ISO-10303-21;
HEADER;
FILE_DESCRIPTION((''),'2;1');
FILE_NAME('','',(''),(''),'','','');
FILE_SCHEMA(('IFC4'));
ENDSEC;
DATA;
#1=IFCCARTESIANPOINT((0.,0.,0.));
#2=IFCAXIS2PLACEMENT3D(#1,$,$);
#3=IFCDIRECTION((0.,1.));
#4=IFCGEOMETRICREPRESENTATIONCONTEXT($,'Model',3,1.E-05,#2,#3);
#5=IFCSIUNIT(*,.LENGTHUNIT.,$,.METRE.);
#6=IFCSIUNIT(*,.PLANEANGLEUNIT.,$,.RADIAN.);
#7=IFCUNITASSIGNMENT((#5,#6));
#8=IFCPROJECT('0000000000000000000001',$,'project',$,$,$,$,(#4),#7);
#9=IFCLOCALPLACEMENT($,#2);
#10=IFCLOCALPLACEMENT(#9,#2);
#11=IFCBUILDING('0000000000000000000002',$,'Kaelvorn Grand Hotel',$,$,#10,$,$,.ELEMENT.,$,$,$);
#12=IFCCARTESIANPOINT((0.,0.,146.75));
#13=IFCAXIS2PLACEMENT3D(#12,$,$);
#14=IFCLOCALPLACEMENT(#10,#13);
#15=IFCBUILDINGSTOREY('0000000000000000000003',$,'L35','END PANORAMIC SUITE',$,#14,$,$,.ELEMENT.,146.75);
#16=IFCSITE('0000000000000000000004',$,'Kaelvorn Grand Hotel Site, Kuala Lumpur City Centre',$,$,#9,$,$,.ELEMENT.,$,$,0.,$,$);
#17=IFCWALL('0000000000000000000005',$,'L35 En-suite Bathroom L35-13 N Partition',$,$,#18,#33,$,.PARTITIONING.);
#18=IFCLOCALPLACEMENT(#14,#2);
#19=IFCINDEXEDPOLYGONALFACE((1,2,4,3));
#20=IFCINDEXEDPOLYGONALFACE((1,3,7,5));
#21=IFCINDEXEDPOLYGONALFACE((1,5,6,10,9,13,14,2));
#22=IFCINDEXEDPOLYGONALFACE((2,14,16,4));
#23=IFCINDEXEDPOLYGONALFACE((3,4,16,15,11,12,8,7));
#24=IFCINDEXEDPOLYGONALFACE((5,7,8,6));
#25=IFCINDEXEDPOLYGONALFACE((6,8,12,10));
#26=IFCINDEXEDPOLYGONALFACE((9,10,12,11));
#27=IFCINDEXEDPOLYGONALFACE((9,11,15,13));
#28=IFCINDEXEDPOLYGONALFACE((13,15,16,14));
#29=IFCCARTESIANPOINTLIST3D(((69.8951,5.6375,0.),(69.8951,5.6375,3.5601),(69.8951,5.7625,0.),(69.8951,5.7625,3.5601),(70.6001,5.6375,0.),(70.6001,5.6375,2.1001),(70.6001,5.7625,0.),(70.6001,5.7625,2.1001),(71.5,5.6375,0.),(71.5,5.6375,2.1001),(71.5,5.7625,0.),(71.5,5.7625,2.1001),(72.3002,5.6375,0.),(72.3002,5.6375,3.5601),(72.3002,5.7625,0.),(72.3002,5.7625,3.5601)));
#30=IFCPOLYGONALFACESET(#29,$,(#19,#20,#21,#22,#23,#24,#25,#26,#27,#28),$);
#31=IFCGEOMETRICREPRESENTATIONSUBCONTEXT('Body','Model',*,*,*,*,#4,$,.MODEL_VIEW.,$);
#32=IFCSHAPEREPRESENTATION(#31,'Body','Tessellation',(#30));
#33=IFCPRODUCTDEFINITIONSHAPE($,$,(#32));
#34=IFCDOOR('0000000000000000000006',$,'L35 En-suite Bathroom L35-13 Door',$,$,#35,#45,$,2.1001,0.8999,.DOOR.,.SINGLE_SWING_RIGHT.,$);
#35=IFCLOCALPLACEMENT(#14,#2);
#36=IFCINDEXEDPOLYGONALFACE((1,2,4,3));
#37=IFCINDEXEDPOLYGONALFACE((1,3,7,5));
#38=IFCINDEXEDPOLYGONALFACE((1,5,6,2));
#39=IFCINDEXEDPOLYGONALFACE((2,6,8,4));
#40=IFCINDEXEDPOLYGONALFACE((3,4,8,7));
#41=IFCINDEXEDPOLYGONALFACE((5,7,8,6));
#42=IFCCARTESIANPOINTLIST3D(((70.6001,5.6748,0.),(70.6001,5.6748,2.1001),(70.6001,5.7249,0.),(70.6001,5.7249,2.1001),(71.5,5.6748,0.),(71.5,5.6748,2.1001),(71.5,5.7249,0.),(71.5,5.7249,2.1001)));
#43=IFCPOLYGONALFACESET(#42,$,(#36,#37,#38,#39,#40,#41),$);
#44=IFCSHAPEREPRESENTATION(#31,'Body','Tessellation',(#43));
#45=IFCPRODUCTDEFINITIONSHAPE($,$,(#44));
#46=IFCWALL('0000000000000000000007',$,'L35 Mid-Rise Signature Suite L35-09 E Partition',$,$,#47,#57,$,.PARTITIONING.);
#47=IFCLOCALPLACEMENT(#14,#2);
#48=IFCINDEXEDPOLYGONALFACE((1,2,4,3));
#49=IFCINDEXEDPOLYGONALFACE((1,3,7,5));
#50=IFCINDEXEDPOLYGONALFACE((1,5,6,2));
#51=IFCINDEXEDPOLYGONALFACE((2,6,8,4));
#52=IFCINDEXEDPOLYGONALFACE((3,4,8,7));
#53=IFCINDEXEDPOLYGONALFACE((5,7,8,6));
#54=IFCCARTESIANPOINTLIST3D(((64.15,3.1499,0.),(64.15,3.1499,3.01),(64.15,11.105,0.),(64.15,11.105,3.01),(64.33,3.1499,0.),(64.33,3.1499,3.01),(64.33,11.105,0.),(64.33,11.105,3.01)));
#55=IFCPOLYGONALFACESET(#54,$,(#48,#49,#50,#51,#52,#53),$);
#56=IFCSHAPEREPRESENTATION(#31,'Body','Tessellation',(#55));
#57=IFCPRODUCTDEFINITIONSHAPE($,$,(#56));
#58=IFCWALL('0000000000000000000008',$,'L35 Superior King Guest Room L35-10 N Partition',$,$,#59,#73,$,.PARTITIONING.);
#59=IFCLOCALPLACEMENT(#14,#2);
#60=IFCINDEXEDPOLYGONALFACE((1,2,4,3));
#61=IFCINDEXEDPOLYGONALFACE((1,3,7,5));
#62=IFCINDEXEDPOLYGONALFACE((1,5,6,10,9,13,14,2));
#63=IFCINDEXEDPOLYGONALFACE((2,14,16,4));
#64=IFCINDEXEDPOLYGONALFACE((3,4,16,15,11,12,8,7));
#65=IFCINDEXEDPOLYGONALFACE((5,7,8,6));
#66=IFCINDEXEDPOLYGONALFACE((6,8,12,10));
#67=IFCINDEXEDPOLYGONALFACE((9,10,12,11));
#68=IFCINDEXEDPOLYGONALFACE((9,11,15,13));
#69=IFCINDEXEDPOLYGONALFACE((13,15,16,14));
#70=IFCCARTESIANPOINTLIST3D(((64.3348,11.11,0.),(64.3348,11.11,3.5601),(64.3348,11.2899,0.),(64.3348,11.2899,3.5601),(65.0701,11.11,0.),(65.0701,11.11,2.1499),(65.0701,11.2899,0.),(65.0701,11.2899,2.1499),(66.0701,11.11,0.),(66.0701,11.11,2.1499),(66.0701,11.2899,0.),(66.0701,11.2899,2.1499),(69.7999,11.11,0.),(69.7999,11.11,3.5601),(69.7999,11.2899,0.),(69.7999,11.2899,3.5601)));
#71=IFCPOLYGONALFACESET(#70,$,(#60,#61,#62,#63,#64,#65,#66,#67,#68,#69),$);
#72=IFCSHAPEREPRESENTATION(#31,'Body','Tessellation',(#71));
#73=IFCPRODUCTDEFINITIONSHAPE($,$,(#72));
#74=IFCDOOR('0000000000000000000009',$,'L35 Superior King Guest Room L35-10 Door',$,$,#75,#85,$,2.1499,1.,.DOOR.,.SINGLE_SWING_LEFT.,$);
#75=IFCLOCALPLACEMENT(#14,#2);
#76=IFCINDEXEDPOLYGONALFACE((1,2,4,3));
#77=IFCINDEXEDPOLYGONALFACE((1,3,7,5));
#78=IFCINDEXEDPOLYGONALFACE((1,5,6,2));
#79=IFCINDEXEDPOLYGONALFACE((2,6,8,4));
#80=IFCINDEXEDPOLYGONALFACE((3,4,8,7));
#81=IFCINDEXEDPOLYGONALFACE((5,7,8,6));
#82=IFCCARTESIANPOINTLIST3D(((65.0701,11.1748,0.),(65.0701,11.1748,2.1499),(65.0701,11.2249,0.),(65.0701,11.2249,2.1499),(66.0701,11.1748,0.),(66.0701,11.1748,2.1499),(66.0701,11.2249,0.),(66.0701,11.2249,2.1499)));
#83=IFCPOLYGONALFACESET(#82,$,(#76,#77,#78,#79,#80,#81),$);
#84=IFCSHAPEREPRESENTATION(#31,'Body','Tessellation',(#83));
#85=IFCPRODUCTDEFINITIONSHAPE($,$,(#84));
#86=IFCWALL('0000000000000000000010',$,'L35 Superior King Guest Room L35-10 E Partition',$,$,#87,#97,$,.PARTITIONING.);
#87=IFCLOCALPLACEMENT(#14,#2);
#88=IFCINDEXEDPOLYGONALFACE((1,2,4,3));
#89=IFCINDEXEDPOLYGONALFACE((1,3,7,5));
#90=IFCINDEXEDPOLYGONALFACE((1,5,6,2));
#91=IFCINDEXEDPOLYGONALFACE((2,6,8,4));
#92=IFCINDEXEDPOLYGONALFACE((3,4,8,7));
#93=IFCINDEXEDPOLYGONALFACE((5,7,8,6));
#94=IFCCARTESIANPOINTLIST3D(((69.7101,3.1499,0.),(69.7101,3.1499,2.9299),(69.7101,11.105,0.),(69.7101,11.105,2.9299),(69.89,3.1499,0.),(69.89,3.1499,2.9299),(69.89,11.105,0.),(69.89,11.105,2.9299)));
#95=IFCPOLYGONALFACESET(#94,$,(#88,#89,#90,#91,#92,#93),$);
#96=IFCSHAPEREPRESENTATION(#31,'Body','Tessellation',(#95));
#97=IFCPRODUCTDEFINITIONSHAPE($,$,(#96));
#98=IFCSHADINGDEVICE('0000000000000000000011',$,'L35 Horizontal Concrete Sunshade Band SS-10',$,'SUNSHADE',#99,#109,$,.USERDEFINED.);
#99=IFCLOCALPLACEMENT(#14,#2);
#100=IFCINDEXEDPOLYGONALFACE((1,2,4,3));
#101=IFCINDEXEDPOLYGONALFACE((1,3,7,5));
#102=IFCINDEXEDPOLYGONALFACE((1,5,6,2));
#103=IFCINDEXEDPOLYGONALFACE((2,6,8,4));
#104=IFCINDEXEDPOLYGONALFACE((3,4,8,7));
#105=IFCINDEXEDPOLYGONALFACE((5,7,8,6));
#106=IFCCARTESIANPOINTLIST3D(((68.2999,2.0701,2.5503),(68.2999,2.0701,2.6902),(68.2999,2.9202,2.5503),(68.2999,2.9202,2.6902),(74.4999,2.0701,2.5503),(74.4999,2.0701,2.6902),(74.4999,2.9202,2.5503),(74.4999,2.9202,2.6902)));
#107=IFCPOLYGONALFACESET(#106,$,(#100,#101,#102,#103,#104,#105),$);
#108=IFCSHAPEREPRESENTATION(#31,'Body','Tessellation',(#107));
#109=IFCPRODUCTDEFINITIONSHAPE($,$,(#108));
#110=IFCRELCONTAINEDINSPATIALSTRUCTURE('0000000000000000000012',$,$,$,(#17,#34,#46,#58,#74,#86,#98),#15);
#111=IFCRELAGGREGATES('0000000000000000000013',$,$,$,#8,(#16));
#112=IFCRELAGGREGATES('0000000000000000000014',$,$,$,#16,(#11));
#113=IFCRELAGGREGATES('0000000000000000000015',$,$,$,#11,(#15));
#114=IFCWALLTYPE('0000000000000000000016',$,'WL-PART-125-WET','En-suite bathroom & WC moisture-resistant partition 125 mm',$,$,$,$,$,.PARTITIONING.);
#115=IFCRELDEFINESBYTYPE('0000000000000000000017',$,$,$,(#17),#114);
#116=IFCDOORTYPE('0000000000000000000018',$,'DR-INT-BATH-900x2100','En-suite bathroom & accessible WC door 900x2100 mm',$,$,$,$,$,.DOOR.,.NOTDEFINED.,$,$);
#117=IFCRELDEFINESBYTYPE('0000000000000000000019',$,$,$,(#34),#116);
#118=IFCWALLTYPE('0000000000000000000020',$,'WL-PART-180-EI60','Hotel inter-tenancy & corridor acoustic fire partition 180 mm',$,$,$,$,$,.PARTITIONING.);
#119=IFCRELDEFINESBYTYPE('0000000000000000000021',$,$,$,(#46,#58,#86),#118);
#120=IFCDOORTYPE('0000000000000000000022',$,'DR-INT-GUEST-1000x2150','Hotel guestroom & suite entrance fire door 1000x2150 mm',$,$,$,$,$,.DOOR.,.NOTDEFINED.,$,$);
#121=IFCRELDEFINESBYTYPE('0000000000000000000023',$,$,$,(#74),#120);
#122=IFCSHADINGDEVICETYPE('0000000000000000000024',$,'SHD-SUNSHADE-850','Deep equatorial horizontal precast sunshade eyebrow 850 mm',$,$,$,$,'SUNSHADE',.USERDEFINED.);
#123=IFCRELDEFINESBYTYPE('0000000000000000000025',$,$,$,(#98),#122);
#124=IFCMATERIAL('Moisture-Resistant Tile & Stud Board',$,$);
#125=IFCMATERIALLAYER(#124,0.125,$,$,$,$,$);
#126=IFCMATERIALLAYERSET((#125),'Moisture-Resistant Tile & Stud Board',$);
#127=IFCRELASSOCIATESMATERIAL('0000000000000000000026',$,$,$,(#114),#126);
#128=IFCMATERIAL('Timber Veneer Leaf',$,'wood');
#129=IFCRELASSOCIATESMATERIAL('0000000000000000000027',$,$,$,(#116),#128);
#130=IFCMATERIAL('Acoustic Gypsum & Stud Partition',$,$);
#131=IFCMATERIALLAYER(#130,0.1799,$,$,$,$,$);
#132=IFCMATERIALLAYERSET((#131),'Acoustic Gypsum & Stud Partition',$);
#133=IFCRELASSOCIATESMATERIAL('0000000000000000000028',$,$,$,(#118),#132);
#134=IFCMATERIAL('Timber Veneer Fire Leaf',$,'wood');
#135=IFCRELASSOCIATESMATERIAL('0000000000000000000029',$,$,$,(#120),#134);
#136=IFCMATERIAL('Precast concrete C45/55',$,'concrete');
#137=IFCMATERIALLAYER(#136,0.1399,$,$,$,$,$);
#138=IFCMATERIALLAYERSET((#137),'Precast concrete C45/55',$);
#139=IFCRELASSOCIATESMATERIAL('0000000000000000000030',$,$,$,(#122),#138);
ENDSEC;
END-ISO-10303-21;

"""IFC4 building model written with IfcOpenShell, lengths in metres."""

from ifc_helpers import new_model, si_unit, direction, frame, frame_2d, origin, origin_2d, place, context, subcontext, project, spatial, rectangle, extrude, material, layer, layer_set, type_object, element, fill, save


model = new_model("IFC4")

# Units and contexts
model_context = context("Model", 3, precision=1e-05, world=origin(), true_north=direction((0.0, 1.0)))
body_context = subcontext(model_context, "Body", "Model", "MODEL_VIEW")
ifc_project = project(units=[si_unit("LENGTHUNIT", "METRE"), si_unit("PLANEANGLEUNIT", "RADIAN")], contexts=[model_context])

# Site, building, storey
site_placement = place(None, origin())
site = spatial("IfcSite", under=ifc_project, at=site_placement, Name="Kaelvorn Grand Hotel Site, Kuala Lumpur City Centre", CompositionType="ELEMENT", RefElevation=0.0)
building_placement = place(site_placement, origin())
building = spatial("IfcBuilding", under=site, at=building_placement, Name="Kaelvorn Grand Hotel", CompositionType="ELEMENT")
storey_placement = place(building_placement, frame((0.0, 0.0, 146.75)))
storey = spatial("IfcBuildingStorey", under=building, at=storey_placement, Name="L35", Description="END PANORAMIC SUITE", CompositionType="ELEMENT", Elevation=146.75)

# Shared definitions
ifc_material_1 = material(Name="Moisture-Resistant Tile & Stud Board")
ifc_layer_1 = layer(ifc_material_1, 0.125)
ifc_layer_set_1 = layer_set([ifc_layer_1], Name="Moisture-Resistant Tile & Stud Board")
wall_type_1 = type_object("IfcWallType", Name="WL-PART-125-WET", Description="En-suite bathroom & WC moisture-resistant partition 125 mm", PredefinedType="PARTITIONING", material=ifc_layer_set_1)
ifc_material_2 = material(Name="Timber Veneer Leaf", Category="wood")
door_type_1 = type_object("IfcDoorType", Name="DR-INT-BATH-900x2100", Description="En-suite bathroom & accessible WC door 900x2100 mm", OperationType="NOTDEFINED", PredefinedType="DOOR", material=ifc_material_2)

# Wall, opening, door
wall_1_placement = place(storey_placement, frame((69.895, 5.7, 0.0), z_axis=(0.0, 0.0, 1.0), x_axis=(1.0, 0.0, 0.0)))
wall_1 = element("IfcWall", 1, at=wall_1_placement, inside=storey, type_object=wall_type_1, Name="L35 En-suite Bathroom L35-13 N Partition", PredefinedType="PARTITIONING", context=body_context, shape_type="SweptSolid", body=[
    extrude(rectangle(XDim=2.405, YDim=0.125, at=frame_2d((1.2026, 0.0))), origin(), (0.0, 0.0, 1.0), 3.5601),
])
opening_1_placement = place(wall_1_placement, frame((0.7051, 0.0, 0.0)))
opening_1 = element("IfcOpeningElement", 2, at=opening_1_placement, cuts=wall_1, PredefinedType="OPENING", context=body_context, shape_type="SweptSolid", body=[
    extrude(rectangle(XDim=0.8999, YDim=2.1001, at=frame_2d((0.45, 1.05))), frame((0.0, 0.0725, 0.0), z_axis=(0.0, -1.0, 0.0), x_axis=(1.0, 0.0, 0.0)), (0.0, 0.0, 1.0), 0.145),
])
door_1_placement = place(opening_1_placement, origin())
door_1 = element("IfcDoor", 3, at=door_1_placement, inside=storey, type_object=door_type_1, Name="L35 En-suite Bathroom L35-13 Door", OperationType="SINGLE_SWING_RIGHT", OverallHeight=2.1001, OverallWidth=0.8999, PredefinedType="DOOR", context=body_context, shape_type="SweptSolid", body=[
    extrude(rectangle(XDim=0.8999, YDim=2.1001, at=frame_2d((0.45, 1.05))), frame((0.0, 0.0249, 0.0), z_axis=(0.0, -1.0, 0.0), x_axis=(1.0, 0.0, 0.0)), (0.0, 0.0, 1.0), 0.05),
])
fill(opening_1, door_1)

# Wall
ifc_material_3 = material(Name="Acoustic Gypsum & Stud Partition")
ifc_layer_2 = layer(ifc_material_3, 0.1799)
ifc_layer_set_2 = layer_set([ifc_layer_2], Name="Acoustic Gypsum & Stud Partition")
wall_type_2 = type_object("IfcWallType", Name="WL-PART-180-EI60", Description="Hotel inter-tenancy & corridor acoustic fire partition 180 mm", PredefinedType="PARTITIONING", material=ifc_layer_set_2)
wall_2_placement = place(storey_placement, frame((64.24, 3.1499, 0.0), z_axis=(0.0, 0.0, 1.0), x_axis=(0.0, 1.0, 0.0)))
element("IfcWall", 4, at=wall_2_placement, inside=storey, type_object=wall_type_2, Name="L35 Mid-Rise Signature Suite L35-09 E Partition", PredefinedType="PARTITIONING", context=body_context, shape_type="SweptSolid", body=[
    extrude(rectangle(XDim=7.9551, YDim=0.1799, at=frame_2d((3.9775, 0.0))), origin(), (0.0, 0.0, 1.0), 3.01),
])

# Wall, opening, door
wall_3_placement = place(storey_placement, frame((64.335, 11.2, 0.0), z_axis=(0.0, 0.0, 1.0), x_axis=(1.0, 0.0, 0.0)))
wall_3 = element("IfcWall", 5, at=wall_3_placement, inside=storey, type_object=wall_type_2, Name="L35 Superior King Guest Room L35-10 N Partition", PredefinedType="PARTITIONING", context=body_context, shape_type="SweptSolid", body=[
    extrude(rectangle(XDim=5.4651, YDim=0.1799, at=frame_2d((2.7324, 0.0))), origin(), (0.0, 0.0, 1.0), 3.5601),
])
opening_2_placement = place(wall_3_placement, frame((0.7351, 0.0, 0.0)))
opening_2 = element("IfcOpeningElement", 6, at=opening_2_placement, cuts=wall_3, PredefinedType="OPENING", context=body_context, shape_type="SweptSolid", body=[
    extrude(rectangle(XDim=1.0, YDim=2.1499, at=frame_2d((0.5, 1.075))), frame((0.0, 0.1001, 0.0), z_axis=(0.0, -1.0, 0.0), x_axis=(1.0, 0.0, 0.0)), (0.0, 0.0, 1.0), 0.2),
])
ifc_material_4 = material(Name="Timber Veneer Fire Leaf", Category="wood")
door_type_2 = type_object("IfcDoorType", Name="DR-INT-GUEST-1000x2150", Description="Hotel guestroom & suite entrance fire door 1000x2150 mm", OperationType="NOTDEFINED", PredefinedType="DOOR", material=ifc_material_4)
door_2_placement = place(opening_2_placement, origin())
door_2 = element("IfcDoor", 7, at=door_2_placement, inside=storey, type_object=door_type_2, Name="L35 Superior King Guest Room L35-10 Door", OperationType="SINGLE_SWING_LEFT", OverallHeight=2.1499, OverallWidth=1.0, PredefinedType="DOOR", context=body_context, shape_type="SweptSolid", body=[
    extrude(rectangle(XDim=1.0, YDim=2.1499, at=frame_2d((0.5, 1.075))), frame((0.0, 0.0249, 0.0), z_axis=(0.0, -1.0, 0.0), x_axis=(1.0, 0.0, 0.0)), (0.0, 0.0, 1.0), 0.05),
])
fill(opening_2, door_2)

# Wall
wall_4_placement = place(storey_placement, frame((69.8, 3.1499, 0.0), z_axis=(0.0, 0.0, 1.0), x_axis=(0.0, 1.0, 0.0)))
element("IfcWall", 8, at=wall_4_placement, inside=storey, type_object=wall_type_2, Name="L35 Superior King Guest Room L35-10 E Partition", PredefinedType="PARTITIONING", context=body_context, shape_type="SweptSolid", body=[
    extrude(rectangle(XDim=7.9551, YDim=0.1799, at=frame_2d((3.9775, 0.0))), origin(), (0.0, 0.0, 1.0), 2.9299),
])

# Shading device
ifc_material_5 = material(Name="Precast concrete C45/55", Category="concrete")
ifc_layer_3 = layer(ifc_material_5, 0.1399)
ifc_layer_set_3 = layer_set([ifc_layer_3], Name="Precast concrete C45/55")
shading_device_type = type_object("IfcShadingDeviceType", Name="SHD-SUNSHADE-850", Description="Deep equatorial horizontal precast sunshade eyebrow 850 mm", ElementType="SUNSHADE", PredefinedType="USERDEFINED", material=ifc_layer_set_3)
shading_device_placement = place(storey_placement, frame((71.3999, 2.4951, 2.5503), z_axis=(0.0, 0.0, 1.0), x_axis=(1.0, 0.0, 0.0)))
element("IfcShadingDevice", 9, at=shading_device_placement, inside=storey, type_object=shading_device_type, Name="L35 Horizontal Concrete Sunshade Band SS-10", ObjectType="SUNSHADE", PredefinedType="USERDEFINED", context=body_context, shape_type="SweptSolid", body=[
    extrude(rectangle(XDim=6.2, YDim=0.8501, at=origin_2d()), origin(), (0.0, 0.0, 1.0), 0.1399),
])

save(model, "model.ifc")
